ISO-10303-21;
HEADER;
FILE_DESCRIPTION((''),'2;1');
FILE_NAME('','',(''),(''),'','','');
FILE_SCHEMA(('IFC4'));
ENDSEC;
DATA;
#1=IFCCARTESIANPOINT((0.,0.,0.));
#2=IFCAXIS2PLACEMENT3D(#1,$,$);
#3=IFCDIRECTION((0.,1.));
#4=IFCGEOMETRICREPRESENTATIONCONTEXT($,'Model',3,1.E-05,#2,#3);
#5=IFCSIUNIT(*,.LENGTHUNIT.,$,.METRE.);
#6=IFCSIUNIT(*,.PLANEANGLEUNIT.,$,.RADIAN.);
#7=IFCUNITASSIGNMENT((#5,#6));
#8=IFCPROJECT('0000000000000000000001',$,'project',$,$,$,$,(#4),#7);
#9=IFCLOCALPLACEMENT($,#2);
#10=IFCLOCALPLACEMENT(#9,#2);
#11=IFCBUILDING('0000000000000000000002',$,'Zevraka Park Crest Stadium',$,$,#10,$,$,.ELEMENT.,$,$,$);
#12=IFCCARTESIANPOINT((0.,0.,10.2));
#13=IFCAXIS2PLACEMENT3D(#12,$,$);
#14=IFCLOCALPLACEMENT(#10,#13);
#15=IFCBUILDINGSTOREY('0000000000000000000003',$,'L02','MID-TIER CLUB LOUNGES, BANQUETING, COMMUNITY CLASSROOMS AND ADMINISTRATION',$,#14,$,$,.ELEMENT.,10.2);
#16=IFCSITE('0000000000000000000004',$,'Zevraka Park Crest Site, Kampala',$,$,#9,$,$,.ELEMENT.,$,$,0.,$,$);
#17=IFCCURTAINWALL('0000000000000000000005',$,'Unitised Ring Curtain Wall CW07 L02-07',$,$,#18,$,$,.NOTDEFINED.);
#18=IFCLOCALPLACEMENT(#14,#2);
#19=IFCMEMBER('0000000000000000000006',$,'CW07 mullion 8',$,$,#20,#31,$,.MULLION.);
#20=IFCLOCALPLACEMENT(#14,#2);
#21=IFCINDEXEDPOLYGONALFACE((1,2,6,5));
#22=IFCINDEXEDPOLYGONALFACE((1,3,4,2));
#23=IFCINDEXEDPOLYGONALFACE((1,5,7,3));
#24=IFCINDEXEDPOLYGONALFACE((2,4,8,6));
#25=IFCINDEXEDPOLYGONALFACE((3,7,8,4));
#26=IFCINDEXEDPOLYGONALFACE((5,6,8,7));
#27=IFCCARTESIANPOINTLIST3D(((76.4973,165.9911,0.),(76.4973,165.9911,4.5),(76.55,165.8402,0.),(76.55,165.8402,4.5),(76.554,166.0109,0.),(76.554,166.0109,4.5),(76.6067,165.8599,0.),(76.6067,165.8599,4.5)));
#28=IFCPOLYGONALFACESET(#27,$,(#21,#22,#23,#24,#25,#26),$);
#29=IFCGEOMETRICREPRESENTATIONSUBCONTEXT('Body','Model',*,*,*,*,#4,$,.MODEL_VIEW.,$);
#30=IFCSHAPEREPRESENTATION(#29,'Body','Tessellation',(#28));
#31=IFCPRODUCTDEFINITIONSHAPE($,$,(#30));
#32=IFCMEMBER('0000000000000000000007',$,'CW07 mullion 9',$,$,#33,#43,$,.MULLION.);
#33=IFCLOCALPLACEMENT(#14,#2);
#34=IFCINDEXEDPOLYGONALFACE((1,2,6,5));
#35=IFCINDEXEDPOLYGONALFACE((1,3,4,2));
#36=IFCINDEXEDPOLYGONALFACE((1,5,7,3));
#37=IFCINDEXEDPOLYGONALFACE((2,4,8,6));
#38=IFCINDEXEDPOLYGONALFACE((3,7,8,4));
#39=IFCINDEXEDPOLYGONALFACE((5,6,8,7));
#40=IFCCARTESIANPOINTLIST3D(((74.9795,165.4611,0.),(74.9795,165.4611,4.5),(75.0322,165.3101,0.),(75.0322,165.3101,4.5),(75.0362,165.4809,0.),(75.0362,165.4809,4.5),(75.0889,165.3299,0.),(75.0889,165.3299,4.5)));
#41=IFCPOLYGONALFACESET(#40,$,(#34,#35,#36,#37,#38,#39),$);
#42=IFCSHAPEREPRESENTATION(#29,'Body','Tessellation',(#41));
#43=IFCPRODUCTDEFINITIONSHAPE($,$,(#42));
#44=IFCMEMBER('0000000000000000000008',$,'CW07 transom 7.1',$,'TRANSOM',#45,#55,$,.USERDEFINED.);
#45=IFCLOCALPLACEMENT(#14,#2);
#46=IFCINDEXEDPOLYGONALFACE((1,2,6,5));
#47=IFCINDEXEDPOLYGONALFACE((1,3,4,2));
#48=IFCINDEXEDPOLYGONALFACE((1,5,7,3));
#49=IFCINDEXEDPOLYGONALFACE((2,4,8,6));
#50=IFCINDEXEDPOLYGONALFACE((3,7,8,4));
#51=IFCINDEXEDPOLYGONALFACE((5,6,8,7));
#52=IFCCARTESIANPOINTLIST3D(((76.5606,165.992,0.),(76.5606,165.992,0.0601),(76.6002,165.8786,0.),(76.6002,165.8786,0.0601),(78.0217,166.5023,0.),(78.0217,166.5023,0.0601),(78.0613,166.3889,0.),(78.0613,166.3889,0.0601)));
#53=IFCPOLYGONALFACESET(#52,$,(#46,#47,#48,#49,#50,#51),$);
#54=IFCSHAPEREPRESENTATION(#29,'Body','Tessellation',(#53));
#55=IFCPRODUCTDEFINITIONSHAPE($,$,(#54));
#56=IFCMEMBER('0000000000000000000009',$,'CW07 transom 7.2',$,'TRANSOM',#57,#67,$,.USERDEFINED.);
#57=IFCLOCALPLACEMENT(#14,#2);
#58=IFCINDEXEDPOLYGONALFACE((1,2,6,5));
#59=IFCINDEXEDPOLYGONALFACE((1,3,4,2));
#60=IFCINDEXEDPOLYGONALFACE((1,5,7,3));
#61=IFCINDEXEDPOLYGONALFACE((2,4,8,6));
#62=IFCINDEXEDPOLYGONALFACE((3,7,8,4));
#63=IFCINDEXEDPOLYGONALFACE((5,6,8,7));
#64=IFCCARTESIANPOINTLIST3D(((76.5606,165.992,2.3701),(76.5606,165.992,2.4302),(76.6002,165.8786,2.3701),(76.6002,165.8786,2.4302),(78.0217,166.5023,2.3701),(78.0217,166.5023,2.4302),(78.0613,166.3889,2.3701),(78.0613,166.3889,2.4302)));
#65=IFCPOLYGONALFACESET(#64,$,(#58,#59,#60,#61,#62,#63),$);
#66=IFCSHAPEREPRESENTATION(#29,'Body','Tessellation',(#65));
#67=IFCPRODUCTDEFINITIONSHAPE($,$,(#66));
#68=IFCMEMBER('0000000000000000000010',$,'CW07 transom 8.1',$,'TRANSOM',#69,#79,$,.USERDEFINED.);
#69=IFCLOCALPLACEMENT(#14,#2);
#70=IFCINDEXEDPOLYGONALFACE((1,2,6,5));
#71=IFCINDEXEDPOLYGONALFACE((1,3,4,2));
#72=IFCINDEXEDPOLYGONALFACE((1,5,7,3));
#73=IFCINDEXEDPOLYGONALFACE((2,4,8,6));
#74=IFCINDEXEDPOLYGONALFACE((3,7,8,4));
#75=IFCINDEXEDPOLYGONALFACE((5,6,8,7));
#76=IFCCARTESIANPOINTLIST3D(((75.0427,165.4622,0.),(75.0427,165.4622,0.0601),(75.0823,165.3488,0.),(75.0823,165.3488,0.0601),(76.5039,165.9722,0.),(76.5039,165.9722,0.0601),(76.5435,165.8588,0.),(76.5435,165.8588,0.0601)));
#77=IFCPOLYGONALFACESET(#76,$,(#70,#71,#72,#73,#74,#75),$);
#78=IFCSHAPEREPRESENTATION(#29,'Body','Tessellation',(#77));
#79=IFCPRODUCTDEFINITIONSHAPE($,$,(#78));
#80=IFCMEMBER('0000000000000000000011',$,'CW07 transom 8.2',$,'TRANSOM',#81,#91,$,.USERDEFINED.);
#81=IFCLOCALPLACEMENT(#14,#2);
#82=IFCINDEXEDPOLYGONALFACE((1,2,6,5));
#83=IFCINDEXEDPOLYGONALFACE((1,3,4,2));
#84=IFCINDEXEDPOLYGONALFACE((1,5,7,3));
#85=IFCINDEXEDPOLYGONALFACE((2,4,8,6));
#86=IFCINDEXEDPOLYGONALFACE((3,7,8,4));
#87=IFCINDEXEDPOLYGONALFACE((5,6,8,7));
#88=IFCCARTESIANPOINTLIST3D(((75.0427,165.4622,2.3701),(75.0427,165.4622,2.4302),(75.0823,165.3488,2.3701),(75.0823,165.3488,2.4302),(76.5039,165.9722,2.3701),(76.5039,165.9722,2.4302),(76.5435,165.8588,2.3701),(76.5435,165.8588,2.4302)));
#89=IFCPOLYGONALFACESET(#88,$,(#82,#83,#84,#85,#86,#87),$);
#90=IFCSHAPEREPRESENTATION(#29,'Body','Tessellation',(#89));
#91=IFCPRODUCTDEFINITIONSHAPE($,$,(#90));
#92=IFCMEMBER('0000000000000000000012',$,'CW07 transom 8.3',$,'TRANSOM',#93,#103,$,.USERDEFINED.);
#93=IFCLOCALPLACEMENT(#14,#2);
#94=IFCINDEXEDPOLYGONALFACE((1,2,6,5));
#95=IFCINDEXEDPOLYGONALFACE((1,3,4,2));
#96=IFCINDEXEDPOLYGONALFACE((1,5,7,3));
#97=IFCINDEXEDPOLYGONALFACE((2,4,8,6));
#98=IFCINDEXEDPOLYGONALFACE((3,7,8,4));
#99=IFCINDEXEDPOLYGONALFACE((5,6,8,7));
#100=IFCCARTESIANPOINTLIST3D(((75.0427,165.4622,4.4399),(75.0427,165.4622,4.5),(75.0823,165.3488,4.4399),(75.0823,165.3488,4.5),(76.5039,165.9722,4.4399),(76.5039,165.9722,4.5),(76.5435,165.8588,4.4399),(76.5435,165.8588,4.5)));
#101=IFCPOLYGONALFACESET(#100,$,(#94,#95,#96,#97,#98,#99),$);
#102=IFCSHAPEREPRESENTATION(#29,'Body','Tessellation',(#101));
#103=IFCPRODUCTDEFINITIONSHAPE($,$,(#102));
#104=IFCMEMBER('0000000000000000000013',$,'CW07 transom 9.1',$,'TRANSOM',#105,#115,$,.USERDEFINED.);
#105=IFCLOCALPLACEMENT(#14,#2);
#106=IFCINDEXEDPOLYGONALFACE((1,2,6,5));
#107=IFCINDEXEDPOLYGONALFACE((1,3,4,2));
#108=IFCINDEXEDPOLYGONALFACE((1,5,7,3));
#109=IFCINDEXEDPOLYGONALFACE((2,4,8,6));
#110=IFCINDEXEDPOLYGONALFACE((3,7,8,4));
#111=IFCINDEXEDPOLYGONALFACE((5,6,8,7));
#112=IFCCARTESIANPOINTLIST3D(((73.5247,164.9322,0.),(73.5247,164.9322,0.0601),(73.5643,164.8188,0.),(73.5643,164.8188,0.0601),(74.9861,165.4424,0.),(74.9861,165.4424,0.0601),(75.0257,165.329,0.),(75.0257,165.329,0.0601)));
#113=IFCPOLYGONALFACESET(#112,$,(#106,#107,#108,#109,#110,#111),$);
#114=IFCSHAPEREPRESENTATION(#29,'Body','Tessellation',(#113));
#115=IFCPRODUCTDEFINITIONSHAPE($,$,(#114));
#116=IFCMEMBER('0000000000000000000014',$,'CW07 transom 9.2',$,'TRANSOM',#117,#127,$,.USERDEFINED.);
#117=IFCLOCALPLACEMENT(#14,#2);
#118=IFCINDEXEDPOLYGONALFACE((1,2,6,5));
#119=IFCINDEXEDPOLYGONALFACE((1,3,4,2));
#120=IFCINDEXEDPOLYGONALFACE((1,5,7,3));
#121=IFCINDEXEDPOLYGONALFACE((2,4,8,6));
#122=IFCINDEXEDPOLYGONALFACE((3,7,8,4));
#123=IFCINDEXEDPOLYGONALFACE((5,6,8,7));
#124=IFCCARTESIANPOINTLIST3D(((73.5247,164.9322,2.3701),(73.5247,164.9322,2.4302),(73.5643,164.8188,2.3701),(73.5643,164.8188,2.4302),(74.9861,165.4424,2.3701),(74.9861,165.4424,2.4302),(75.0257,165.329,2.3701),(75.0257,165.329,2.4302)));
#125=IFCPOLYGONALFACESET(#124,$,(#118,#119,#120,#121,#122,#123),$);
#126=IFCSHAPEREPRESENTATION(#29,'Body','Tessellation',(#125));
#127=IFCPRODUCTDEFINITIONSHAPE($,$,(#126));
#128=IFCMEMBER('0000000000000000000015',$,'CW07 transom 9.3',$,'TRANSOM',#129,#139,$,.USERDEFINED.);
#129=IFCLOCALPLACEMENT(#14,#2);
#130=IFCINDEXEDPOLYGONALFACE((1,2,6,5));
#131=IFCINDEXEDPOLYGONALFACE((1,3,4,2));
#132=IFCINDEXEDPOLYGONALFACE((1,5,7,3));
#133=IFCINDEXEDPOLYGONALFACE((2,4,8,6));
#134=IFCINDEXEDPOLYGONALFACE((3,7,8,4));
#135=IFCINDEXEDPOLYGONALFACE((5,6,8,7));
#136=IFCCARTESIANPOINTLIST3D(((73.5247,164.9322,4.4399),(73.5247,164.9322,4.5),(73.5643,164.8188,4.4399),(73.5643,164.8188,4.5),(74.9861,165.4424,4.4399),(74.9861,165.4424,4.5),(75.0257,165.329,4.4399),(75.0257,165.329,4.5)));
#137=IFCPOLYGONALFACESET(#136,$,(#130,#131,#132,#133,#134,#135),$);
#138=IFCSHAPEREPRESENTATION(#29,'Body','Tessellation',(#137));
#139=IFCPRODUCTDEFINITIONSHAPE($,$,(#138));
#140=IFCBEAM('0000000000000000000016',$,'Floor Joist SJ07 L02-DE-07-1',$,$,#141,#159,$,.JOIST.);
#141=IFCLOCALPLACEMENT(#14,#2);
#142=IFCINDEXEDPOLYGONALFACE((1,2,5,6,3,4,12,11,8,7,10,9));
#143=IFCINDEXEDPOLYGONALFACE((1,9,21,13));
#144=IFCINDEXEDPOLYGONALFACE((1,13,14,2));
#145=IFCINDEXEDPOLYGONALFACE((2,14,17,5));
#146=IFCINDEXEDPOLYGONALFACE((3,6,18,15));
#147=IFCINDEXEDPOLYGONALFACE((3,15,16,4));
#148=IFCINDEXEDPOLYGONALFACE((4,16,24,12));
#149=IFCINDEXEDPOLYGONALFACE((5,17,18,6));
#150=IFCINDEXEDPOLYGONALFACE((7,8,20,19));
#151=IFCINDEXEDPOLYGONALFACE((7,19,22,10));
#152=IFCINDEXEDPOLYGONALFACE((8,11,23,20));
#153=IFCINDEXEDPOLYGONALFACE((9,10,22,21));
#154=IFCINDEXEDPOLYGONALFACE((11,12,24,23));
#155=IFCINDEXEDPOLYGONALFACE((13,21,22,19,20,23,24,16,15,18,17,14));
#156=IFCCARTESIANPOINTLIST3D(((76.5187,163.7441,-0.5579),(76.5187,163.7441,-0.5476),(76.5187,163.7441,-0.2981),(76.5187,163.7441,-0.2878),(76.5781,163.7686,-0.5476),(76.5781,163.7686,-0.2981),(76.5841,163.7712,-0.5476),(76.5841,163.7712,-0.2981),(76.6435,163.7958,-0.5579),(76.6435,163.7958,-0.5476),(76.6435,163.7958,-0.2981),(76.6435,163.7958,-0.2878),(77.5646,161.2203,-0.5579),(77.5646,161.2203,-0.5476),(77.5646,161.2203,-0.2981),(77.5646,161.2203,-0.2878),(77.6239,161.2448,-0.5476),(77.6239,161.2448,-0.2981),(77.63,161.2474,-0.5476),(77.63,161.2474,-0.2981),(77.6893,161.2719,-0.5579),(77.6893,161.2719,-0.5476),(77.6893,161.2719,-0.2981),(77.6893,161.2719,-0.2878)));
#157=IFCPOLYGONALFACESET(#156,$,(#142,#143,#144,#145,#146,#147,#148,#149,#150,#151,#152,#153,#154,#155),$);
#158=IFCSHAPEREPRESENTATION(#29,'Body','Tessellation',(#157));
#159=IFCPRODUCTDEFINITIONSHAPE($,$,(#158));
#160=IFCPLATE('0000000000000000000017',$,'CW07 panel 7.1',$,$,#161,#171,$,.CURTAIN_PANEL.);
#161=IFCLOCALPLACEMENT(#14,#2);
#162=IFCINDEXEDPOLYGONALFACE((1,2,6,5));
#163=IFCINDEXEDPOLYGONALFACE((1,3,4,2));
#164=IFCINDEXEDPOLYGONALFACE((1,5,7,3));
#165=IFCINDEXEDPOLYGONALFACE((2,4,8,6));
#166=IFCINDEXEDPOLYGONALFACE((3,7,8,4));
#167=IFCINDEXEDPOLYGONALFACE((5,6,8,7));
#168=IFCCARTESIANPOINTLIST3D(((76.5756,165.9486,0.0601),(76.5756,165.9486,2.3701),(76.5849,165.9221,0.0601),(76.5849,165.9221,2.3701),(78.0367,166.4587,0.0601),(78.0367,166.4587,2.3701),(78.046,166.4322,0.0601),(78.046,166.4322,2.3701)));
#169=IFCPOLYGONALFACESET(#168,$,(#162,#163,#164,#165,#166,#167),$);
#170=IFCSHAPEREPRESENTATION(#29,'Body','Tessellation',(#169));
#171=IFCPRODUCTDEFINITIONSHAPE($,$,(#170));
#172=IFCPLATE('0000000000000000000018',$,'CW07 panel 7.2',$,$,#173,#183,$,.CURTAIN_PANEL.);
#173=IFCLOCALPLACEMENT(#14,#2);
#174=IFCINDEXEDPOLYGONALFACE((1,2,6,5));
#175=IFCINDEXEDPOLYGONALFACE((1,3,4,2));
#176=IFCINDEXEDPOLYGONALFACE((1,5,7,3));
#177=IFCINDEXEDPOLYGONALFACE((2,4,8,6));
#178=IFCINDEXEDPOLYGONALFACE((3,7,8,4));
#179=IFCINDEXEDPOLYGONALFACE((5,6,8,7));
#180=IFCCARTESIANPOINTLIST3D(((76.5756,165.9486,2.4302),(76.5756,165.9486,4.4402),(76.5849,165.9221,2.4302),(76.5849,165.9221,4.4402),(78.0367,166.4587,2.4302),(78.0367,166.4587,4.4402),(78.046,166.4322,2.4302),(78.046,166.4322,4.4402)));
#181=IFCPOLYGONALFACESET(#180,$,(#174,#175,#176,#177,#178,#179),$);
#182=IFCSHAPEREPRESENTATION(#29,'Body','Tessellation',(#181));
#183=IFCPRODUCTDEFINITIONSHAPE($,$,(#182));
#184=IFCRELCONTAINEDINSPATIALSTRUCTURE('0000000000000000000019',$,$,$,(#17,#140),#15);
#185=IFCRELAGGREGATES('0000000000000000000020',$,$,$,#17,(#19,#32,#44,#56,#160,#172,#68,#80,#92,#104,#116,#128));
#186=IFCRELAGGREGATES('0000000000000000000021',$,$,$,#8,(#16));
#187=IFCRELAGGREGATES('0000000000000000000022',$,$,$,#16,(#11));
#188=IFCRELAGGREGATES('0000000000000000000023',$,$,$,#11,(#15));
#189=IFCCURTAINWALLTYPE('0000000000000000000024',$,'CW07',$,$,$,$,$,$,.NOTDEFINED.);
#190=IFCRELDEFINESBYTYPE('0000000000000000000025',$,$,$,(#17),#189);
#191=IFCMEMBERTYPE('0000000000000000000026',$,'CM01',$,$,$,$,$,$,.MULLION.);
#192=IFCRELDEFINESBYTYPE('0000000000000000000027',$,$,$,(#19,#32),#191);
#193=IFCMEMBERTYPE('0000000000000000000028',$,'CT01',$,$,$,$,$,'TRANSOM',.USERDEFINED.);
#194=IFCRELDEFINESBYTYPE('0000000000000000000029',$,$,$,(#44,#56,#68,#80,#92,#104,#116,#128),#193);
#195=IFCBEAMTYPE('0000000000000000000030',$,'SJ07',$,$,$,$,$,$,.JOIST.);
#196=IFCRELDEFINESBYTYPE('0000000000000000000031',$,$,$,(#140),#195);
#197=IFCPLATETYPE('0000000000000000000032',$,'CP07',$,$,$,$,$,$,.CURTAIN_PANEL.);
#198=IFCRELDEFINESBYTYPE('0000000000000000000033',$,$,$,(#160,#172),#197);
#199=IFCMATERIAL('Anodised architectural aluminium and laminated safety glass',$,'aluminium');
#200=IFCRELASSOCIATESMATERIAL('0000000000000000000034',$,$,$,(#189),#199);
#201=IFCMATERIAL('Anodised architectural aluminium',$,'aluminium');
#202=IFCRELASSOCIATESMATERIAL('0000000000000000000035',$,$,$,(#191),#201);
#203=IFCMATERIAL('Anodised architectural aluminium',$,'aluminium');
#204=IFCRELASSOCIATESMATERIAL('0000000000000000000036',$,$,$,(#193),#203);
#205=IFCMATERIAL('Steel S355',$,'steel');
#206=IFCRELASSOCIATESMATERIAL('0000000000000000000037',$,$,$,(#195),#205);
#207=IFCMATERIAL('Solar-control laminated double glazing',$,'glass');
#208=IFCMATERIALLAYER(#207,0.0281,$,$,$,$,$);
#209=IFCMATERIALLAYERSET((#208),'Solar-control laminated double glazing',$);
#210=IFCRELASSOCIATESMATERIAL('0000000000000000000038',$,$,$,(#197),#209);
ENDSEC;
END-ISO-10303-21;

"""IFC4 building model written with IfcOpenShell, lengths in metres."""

from ifc_helpers import new_model, si_unit, direction, frame, origin, origin_2d, place, context, subcontext, project, spatial, rectangle, i_section, extrude, material, layer, layer_set, material_profile, profile_set, type_object, element, aggregate, save


model = new_model("IFC4")

# Units and contexts
model_context = context("Model", 3, precision=1e-05, world=origin(), true_north=direction((0.0, 1.0)))
body_context = subcontext(model_context, "Body", "Model", "MODEL_VIEW")
ifc_project = project(units=[si_unit("LENGTHUNIT", "METRE"), si_unit("PLANEANGLEUNIT", "RADIAN")], contexts=[model_context])

# Site, building, storey
site_placement = place(None, origin())
site = spatial("IfcSite", under=ifc_project, at=site_placement, Name="Zevraka Park Crest Site, Kampala", CompositionType="ELEMENT", RefElevation=0.0)
building_placement = place(site_placement, origin())
building = spatial("IfcBuilding", under=site, at=building_placement, Name="Zevraka Park Crest Stadium", CompositionType="ELEMENT")
storey_placement = place(building_placement, frame((0.0, 0.0, 10.2)))
storey = spatial("IfcBuildingStorey", under=building, at=storey_placement, Name="L02", Description="MID-TIER CLUB LOUNGES, BANQUETING, COMMUNITY CLASSROOMS AND ADMINISTRATION", CompositionType="ELEMENT", Elevation=10.2)

# Curtain wall, members
ifc_material_1 = material(Name="Anodised architectural aluminium and laminated safety glass", Category="aluminium")
curtain_wall_type = type_object("IfcCurtainWallType", Name="CW07", PredefinedType="NOTDEFINED", material=ifc_material_1)
curtain_wall_placement = place(storey_placement, origin())
curtain_wall = element("IfcCurtainWall", 1, at=curtain_wall_placement, inside=storey, type_object=curtain_wall_type, Name="Unitised Ring Curtain Wall CW07 L02-07", PredefinedType="NOTDEFINED")
ifc_material_2 = material(Name="Anodised architectural aluminium", Category="aluminium")
ifc_material_profile_1 = material_profile(ifc_material_2, rectangle(XDim=0.1599, YDim=0.0601, at=origin_2d()), Name="ALU MULLION 160x60")
ifc_profile_set_1 = profile_set([ifc_material_profile_1], Name="Anodised architectural aluminium")
member_type_1 = type_object("IfcMemberType", Name="CM01", PredefinedType="MULLION", material=ifc_profile_set_1)
member_1_placement = place(storey_placement, frame((76.552, 165.9255, 0.0), z_axis=(0.0, 0.0, 1.0), x_axis=(0.329619, -0.944114, 0.0)))
member_1 = element("IfcMember", 2, at=member_1_placement, type_object=member_type_1, Name="CW07 mullion 8", PredefinedType="MULLION", context=body_context, shape_type="SweptSolid", body=[
    extrude(rectangle(XDim=0.1599, YDim=0.0601, at=origin_2d()), origin(), (0.0, 0.0, 1.0), 4.5),
])
member_2_placement = place(storey_placement, frame((75.0342, 165.3955, 0.0), z_axis=(0.0, 0.0, 1.0), x_axis=(0.329619, -0.944114, 0.0)))
member_2 = element("IfcMember", 3, at=member_2_placement, type_object=member_type_1, Name="CW07 mullion 9", PredefinedType="MULLION", context=body_context, shape_type="SweptSolid", body=[
    extrude(rectangle(XDim=0.1599, YDim=0.0601, at=origin_2d()), origin(), (0.0, 0.0, 1.0), 4.5),
])
ifc_material_3 = material(Name="Anodised architectural aluminium", Category="aluminium")
ifc_material_profile_2 = material_profile(ifc_material_3, rectangle(XDim=0.1201, YDim=0.0601, at=origin_2d()), Name="ALU TRANSOM 120x60")
ifc_profile_set_2 = profile_set([ifc_material_profile_2], Name="Anodised architectural aluminium")
member_type_2 = type_object("IfcMemberType", Name="CT01", ElementType="TRANSOM", PredefinedType="USERDEFINED", material=ifc_profile_set_2)
member_3_placement = place(storey_placement, frame((78.0415, 166.4456, 0.03), z_axis=(-0.944092, -0.329683, 0.0), x_axis=(0.329683, -0.944092, 0.0)))
member_3 = element("IfcMember", 4, at=member_3_placement, type_object=member_type_2, Name="CW07 transom 7.1", ObjectType="TRANSOM", PredefinedType="USERDEFINED", context=body_context, shape_type="SweptSolid", body=[
    extrude(rectangle(XDim=0.1201, YDim=0.0601, at=origin_2d()), origin(), (0.0, 0.0, 1.0), 1.5476),
])
member_4_placement = place(storey_placement, frame((78.0415, 166.4456, 2.4001), z_axis=(-0.944092, -0.329683, 0.0), x_axis=(0.329683, -0.944092, 0.0)))
member_4 = element("IfcMember", 5, at=member_4_placement, type_object=member_type_2, Name="CW07 transom 7.2", ObjectType="TRANSOM", PredefinedType="USERDEFINED", context=body_context, shape_type="SweptSolid", body=[
    extrude(rectangle(XDim=0.1201, YDim=0.0601, at=origin_2d()), origin(), (0.0, 0.0, 1.0), 1.5476),
])
member_5_placement = place(storey_placement, frame((76.5237, 165.9155, 0.03), z_axis=(-0.944141, -0.329542, 0.0), x_axis=(0.329542, -0.944141, 0.0)))
member_5 = element("IfcMember", 6, at=member_5_placement, type_object=member_type_2, Name="CW07 transom 8.1", ObjectType="TRANSOM", PredefinedType="USERDEFINED", context=body_context, shape_type="SweptSolid", body=[
    extrude(rectangle(XDim=0.1201, YDim=0.0601, at=origin_2d()), origin(), (0.0, 0.0, 1.0), 1.5476),
])
member_6_placement = place(storey_placement, frame((76.5237, 165.9155, 2.4001), z_axis=(-0.944141, -0.329542, 0.0), x_axis=(0.329542, -0.944141, 0.0)))
member_6 = element("IfcMember", 7, at=member_6_placement, type_object=member_type_2, Name="CW07 transom 8.2", ObjectType="TRANSOM", PredefinedType="USERDEFINED", context=body_context, shape_type="SweptSolid", body=[
    extrude(rectangle(XDim=0.1201, YDim=0.0601, at=origin_2d()), origin(), (0.0, 0.0, 1.0), 1.5476),
])
member_7_placement = place(storey_placement, frame((76.5237, 165.9155, 4.47), z_axis=(-0.944141, -0.329542, 0.0), x_axis=(0.329542, -0.944141, 0.0)))
member_7 = element("IfcMember", 8, at=member_7_placement, type_object=member_type_2, Name="CW07 transom 8.3", ObjectType="TRANSOM", PredefinedType="USERDEFINED", context=body_context, shape_type="SweptSolid", body=[
    extrude(rectangle(XDim=0.1201, YDim=0.0601, at=origin_2d()), origin(), (0.0, 0.0, 1.0), 1.5476),
])
member_8_placement = place(storey_placement, frame((75.0059, 165.3857, 0.03), z_axis=(-0.944109, -0.329634, 0.0), x_axis=(0.329634, -0.944109, 0.0)))
member_8 = element("IfcMember", 9, at=member_8_placement, type_object=member_type_2, Name="CW07 transom 9.1", ObjectType="TRANSOM", PredefinedType="USERDEFINED", context=body_context, shape_type="SweptSolid", body=[
    extrude(rectangle(XDim=0.1201, YDim=0.0601, at=origin_2d()), origin(), (0.0, 0.0, 1.0), 1.5479),
])
member_9_placement = place(storey_placement, frame((75.0059, 165.3857, 2.4001), z_axis=(-0.944109, -0.329634, 0.0), x_axis=(0.329634, -0.944109, 0.0)))
member_9 = element("IfcMember", 10, at=member_9_placement, type_object=member_type_2, Name="CW07 transom 9.2", ObjectType="TRANSOM", PredefinedType="USERDEFINED", context=body_context, shape_type="SweptSolid", body=[
    extrude(rectangle(XDim=0.1201, YDim=0.0601, at=origin_2d()), origin(), (0.0, 0.0, 1.0), 1.5479),
])
member_10_placement = place(storey_placement, frame((75.0059, 165.3857, 4.47), z_axis=(-0.944109, -0.329634, 0.0), x_axis=(0.329634, -0.944109, 0.0)))
member_10 = element("IfcMember", 11, at=member_10_placement, type_object=member_type_2, Name="CW07 transom 9.3", ObjectType="TRANSOM", PredefinedType="USERDEFINED", context=body_context, shape_type="SweptSolid", body=[
    extrude(rectangle(XDim=0.1201, YDim=0.0601, at=origin_2d()), origin(), (0.0, 0.0, 1.0), 1.5479),
])

# Beam
ifc_material_4 = material(Name="Steel S355", Category="steel")
ifc_material_profile_3 = material_profile(ifc_material_4, i_section(OverallWidth=0.135, OverallDepth=0.27, WebThickness=0.0066, FlangeThickness=0.0103, at=origin_2d()), Name="IPE 270")
ifc_profile_set_3 = profile_set([ifc_material_profile_3], Name="Steel S355")
beam_type = type_object("IfcBeamType", Name="SJ07", PredefinedType="JOIST", material=ifc_profile_set_3)
beam_placement = place(storey_placement, frame((77.627, 161.2461, -0.4229), z_axis=(-0.382825, 0.923821, 0.0), x_axis=(-0.923821, -0.382825, 0.0)))
element("IfcBeam", 12, at=beam_placement, inside=storey, type_object=beam_type, Name="Floor Joist SJ07 L02-DE-07-1", PredefinedType="JOIST", context=body_context, shape_type="SweptSolid", body=[
    extrude(i_section(OverallWidth=0.135, OverallDepth=0.27, WebThickness=0.0066, FlangeThickness=0.0103, at=origin_2d()), origin(), (0.0, 0.0, 1.0), 2.7319),
])

# Plates
ifc_material_5 = material(Name="Solar-control laminated double glazing", Category="glass")
ifc_layer_1 = layer(ifc_material_5, 0.0281)
ifc_layer_set_1 = layer_set([ifc_layer_1], Name="Solar-control laminated double glazing")
plate_type = type_object("IfcPlateType", Name="CP07", PredefinedType="CURTAIN_PANEL", material=ifc_layer_set_1)
plate_1_placement = place(storey_placement, frame((77.3108, 166.1904, 0.0601), z_axis=(0.0, 0.0, 1.0), x_axis=(-0.944114, -0.329619, 0.0)))
plate_1 = element("IfcPlate", 13, at=plate_1_placement, type_object=plate_type, Name="CW07 panel 7.1", PredefinedType="CURTAIN_PANEL", context=body_context, shape_type="SweptSolid", body=[
    extrude(rectangle(XDim=1.5476, YDim=0.0281, at=origin_2d()), origin(), (0.0, 0.0, 1.0), 2.3101),
])
plate_2_placement = place(storey_placement, frame((77.3108, 166.1904, 2.4302), z_axis=(0.0, 0.0, 1.0), x_axis=(-0.944114, -0.329619, 0.0)))
plate_2 = element("IfcPlate", 14, at=plate_2_placement, type_object=plate_type, Name="CW07 panel 7.2", PredefinedType="CURTAIN_PANEL", context=body_context, shape_type="SweptSolid", body=[
    extrude(rectangle(XDim=1.5476, YDim=0.0281, at=origin_2d()), origin(), (0.0, 0.0, 1.0), 2.01),
])
aggregate(curtain_wall, [member_1, member_2, member_3, member_4, plate_1, plate_2, member_5, member_6, member_7, member_8, member_9, member_10])

save(model, "model.ifc")
